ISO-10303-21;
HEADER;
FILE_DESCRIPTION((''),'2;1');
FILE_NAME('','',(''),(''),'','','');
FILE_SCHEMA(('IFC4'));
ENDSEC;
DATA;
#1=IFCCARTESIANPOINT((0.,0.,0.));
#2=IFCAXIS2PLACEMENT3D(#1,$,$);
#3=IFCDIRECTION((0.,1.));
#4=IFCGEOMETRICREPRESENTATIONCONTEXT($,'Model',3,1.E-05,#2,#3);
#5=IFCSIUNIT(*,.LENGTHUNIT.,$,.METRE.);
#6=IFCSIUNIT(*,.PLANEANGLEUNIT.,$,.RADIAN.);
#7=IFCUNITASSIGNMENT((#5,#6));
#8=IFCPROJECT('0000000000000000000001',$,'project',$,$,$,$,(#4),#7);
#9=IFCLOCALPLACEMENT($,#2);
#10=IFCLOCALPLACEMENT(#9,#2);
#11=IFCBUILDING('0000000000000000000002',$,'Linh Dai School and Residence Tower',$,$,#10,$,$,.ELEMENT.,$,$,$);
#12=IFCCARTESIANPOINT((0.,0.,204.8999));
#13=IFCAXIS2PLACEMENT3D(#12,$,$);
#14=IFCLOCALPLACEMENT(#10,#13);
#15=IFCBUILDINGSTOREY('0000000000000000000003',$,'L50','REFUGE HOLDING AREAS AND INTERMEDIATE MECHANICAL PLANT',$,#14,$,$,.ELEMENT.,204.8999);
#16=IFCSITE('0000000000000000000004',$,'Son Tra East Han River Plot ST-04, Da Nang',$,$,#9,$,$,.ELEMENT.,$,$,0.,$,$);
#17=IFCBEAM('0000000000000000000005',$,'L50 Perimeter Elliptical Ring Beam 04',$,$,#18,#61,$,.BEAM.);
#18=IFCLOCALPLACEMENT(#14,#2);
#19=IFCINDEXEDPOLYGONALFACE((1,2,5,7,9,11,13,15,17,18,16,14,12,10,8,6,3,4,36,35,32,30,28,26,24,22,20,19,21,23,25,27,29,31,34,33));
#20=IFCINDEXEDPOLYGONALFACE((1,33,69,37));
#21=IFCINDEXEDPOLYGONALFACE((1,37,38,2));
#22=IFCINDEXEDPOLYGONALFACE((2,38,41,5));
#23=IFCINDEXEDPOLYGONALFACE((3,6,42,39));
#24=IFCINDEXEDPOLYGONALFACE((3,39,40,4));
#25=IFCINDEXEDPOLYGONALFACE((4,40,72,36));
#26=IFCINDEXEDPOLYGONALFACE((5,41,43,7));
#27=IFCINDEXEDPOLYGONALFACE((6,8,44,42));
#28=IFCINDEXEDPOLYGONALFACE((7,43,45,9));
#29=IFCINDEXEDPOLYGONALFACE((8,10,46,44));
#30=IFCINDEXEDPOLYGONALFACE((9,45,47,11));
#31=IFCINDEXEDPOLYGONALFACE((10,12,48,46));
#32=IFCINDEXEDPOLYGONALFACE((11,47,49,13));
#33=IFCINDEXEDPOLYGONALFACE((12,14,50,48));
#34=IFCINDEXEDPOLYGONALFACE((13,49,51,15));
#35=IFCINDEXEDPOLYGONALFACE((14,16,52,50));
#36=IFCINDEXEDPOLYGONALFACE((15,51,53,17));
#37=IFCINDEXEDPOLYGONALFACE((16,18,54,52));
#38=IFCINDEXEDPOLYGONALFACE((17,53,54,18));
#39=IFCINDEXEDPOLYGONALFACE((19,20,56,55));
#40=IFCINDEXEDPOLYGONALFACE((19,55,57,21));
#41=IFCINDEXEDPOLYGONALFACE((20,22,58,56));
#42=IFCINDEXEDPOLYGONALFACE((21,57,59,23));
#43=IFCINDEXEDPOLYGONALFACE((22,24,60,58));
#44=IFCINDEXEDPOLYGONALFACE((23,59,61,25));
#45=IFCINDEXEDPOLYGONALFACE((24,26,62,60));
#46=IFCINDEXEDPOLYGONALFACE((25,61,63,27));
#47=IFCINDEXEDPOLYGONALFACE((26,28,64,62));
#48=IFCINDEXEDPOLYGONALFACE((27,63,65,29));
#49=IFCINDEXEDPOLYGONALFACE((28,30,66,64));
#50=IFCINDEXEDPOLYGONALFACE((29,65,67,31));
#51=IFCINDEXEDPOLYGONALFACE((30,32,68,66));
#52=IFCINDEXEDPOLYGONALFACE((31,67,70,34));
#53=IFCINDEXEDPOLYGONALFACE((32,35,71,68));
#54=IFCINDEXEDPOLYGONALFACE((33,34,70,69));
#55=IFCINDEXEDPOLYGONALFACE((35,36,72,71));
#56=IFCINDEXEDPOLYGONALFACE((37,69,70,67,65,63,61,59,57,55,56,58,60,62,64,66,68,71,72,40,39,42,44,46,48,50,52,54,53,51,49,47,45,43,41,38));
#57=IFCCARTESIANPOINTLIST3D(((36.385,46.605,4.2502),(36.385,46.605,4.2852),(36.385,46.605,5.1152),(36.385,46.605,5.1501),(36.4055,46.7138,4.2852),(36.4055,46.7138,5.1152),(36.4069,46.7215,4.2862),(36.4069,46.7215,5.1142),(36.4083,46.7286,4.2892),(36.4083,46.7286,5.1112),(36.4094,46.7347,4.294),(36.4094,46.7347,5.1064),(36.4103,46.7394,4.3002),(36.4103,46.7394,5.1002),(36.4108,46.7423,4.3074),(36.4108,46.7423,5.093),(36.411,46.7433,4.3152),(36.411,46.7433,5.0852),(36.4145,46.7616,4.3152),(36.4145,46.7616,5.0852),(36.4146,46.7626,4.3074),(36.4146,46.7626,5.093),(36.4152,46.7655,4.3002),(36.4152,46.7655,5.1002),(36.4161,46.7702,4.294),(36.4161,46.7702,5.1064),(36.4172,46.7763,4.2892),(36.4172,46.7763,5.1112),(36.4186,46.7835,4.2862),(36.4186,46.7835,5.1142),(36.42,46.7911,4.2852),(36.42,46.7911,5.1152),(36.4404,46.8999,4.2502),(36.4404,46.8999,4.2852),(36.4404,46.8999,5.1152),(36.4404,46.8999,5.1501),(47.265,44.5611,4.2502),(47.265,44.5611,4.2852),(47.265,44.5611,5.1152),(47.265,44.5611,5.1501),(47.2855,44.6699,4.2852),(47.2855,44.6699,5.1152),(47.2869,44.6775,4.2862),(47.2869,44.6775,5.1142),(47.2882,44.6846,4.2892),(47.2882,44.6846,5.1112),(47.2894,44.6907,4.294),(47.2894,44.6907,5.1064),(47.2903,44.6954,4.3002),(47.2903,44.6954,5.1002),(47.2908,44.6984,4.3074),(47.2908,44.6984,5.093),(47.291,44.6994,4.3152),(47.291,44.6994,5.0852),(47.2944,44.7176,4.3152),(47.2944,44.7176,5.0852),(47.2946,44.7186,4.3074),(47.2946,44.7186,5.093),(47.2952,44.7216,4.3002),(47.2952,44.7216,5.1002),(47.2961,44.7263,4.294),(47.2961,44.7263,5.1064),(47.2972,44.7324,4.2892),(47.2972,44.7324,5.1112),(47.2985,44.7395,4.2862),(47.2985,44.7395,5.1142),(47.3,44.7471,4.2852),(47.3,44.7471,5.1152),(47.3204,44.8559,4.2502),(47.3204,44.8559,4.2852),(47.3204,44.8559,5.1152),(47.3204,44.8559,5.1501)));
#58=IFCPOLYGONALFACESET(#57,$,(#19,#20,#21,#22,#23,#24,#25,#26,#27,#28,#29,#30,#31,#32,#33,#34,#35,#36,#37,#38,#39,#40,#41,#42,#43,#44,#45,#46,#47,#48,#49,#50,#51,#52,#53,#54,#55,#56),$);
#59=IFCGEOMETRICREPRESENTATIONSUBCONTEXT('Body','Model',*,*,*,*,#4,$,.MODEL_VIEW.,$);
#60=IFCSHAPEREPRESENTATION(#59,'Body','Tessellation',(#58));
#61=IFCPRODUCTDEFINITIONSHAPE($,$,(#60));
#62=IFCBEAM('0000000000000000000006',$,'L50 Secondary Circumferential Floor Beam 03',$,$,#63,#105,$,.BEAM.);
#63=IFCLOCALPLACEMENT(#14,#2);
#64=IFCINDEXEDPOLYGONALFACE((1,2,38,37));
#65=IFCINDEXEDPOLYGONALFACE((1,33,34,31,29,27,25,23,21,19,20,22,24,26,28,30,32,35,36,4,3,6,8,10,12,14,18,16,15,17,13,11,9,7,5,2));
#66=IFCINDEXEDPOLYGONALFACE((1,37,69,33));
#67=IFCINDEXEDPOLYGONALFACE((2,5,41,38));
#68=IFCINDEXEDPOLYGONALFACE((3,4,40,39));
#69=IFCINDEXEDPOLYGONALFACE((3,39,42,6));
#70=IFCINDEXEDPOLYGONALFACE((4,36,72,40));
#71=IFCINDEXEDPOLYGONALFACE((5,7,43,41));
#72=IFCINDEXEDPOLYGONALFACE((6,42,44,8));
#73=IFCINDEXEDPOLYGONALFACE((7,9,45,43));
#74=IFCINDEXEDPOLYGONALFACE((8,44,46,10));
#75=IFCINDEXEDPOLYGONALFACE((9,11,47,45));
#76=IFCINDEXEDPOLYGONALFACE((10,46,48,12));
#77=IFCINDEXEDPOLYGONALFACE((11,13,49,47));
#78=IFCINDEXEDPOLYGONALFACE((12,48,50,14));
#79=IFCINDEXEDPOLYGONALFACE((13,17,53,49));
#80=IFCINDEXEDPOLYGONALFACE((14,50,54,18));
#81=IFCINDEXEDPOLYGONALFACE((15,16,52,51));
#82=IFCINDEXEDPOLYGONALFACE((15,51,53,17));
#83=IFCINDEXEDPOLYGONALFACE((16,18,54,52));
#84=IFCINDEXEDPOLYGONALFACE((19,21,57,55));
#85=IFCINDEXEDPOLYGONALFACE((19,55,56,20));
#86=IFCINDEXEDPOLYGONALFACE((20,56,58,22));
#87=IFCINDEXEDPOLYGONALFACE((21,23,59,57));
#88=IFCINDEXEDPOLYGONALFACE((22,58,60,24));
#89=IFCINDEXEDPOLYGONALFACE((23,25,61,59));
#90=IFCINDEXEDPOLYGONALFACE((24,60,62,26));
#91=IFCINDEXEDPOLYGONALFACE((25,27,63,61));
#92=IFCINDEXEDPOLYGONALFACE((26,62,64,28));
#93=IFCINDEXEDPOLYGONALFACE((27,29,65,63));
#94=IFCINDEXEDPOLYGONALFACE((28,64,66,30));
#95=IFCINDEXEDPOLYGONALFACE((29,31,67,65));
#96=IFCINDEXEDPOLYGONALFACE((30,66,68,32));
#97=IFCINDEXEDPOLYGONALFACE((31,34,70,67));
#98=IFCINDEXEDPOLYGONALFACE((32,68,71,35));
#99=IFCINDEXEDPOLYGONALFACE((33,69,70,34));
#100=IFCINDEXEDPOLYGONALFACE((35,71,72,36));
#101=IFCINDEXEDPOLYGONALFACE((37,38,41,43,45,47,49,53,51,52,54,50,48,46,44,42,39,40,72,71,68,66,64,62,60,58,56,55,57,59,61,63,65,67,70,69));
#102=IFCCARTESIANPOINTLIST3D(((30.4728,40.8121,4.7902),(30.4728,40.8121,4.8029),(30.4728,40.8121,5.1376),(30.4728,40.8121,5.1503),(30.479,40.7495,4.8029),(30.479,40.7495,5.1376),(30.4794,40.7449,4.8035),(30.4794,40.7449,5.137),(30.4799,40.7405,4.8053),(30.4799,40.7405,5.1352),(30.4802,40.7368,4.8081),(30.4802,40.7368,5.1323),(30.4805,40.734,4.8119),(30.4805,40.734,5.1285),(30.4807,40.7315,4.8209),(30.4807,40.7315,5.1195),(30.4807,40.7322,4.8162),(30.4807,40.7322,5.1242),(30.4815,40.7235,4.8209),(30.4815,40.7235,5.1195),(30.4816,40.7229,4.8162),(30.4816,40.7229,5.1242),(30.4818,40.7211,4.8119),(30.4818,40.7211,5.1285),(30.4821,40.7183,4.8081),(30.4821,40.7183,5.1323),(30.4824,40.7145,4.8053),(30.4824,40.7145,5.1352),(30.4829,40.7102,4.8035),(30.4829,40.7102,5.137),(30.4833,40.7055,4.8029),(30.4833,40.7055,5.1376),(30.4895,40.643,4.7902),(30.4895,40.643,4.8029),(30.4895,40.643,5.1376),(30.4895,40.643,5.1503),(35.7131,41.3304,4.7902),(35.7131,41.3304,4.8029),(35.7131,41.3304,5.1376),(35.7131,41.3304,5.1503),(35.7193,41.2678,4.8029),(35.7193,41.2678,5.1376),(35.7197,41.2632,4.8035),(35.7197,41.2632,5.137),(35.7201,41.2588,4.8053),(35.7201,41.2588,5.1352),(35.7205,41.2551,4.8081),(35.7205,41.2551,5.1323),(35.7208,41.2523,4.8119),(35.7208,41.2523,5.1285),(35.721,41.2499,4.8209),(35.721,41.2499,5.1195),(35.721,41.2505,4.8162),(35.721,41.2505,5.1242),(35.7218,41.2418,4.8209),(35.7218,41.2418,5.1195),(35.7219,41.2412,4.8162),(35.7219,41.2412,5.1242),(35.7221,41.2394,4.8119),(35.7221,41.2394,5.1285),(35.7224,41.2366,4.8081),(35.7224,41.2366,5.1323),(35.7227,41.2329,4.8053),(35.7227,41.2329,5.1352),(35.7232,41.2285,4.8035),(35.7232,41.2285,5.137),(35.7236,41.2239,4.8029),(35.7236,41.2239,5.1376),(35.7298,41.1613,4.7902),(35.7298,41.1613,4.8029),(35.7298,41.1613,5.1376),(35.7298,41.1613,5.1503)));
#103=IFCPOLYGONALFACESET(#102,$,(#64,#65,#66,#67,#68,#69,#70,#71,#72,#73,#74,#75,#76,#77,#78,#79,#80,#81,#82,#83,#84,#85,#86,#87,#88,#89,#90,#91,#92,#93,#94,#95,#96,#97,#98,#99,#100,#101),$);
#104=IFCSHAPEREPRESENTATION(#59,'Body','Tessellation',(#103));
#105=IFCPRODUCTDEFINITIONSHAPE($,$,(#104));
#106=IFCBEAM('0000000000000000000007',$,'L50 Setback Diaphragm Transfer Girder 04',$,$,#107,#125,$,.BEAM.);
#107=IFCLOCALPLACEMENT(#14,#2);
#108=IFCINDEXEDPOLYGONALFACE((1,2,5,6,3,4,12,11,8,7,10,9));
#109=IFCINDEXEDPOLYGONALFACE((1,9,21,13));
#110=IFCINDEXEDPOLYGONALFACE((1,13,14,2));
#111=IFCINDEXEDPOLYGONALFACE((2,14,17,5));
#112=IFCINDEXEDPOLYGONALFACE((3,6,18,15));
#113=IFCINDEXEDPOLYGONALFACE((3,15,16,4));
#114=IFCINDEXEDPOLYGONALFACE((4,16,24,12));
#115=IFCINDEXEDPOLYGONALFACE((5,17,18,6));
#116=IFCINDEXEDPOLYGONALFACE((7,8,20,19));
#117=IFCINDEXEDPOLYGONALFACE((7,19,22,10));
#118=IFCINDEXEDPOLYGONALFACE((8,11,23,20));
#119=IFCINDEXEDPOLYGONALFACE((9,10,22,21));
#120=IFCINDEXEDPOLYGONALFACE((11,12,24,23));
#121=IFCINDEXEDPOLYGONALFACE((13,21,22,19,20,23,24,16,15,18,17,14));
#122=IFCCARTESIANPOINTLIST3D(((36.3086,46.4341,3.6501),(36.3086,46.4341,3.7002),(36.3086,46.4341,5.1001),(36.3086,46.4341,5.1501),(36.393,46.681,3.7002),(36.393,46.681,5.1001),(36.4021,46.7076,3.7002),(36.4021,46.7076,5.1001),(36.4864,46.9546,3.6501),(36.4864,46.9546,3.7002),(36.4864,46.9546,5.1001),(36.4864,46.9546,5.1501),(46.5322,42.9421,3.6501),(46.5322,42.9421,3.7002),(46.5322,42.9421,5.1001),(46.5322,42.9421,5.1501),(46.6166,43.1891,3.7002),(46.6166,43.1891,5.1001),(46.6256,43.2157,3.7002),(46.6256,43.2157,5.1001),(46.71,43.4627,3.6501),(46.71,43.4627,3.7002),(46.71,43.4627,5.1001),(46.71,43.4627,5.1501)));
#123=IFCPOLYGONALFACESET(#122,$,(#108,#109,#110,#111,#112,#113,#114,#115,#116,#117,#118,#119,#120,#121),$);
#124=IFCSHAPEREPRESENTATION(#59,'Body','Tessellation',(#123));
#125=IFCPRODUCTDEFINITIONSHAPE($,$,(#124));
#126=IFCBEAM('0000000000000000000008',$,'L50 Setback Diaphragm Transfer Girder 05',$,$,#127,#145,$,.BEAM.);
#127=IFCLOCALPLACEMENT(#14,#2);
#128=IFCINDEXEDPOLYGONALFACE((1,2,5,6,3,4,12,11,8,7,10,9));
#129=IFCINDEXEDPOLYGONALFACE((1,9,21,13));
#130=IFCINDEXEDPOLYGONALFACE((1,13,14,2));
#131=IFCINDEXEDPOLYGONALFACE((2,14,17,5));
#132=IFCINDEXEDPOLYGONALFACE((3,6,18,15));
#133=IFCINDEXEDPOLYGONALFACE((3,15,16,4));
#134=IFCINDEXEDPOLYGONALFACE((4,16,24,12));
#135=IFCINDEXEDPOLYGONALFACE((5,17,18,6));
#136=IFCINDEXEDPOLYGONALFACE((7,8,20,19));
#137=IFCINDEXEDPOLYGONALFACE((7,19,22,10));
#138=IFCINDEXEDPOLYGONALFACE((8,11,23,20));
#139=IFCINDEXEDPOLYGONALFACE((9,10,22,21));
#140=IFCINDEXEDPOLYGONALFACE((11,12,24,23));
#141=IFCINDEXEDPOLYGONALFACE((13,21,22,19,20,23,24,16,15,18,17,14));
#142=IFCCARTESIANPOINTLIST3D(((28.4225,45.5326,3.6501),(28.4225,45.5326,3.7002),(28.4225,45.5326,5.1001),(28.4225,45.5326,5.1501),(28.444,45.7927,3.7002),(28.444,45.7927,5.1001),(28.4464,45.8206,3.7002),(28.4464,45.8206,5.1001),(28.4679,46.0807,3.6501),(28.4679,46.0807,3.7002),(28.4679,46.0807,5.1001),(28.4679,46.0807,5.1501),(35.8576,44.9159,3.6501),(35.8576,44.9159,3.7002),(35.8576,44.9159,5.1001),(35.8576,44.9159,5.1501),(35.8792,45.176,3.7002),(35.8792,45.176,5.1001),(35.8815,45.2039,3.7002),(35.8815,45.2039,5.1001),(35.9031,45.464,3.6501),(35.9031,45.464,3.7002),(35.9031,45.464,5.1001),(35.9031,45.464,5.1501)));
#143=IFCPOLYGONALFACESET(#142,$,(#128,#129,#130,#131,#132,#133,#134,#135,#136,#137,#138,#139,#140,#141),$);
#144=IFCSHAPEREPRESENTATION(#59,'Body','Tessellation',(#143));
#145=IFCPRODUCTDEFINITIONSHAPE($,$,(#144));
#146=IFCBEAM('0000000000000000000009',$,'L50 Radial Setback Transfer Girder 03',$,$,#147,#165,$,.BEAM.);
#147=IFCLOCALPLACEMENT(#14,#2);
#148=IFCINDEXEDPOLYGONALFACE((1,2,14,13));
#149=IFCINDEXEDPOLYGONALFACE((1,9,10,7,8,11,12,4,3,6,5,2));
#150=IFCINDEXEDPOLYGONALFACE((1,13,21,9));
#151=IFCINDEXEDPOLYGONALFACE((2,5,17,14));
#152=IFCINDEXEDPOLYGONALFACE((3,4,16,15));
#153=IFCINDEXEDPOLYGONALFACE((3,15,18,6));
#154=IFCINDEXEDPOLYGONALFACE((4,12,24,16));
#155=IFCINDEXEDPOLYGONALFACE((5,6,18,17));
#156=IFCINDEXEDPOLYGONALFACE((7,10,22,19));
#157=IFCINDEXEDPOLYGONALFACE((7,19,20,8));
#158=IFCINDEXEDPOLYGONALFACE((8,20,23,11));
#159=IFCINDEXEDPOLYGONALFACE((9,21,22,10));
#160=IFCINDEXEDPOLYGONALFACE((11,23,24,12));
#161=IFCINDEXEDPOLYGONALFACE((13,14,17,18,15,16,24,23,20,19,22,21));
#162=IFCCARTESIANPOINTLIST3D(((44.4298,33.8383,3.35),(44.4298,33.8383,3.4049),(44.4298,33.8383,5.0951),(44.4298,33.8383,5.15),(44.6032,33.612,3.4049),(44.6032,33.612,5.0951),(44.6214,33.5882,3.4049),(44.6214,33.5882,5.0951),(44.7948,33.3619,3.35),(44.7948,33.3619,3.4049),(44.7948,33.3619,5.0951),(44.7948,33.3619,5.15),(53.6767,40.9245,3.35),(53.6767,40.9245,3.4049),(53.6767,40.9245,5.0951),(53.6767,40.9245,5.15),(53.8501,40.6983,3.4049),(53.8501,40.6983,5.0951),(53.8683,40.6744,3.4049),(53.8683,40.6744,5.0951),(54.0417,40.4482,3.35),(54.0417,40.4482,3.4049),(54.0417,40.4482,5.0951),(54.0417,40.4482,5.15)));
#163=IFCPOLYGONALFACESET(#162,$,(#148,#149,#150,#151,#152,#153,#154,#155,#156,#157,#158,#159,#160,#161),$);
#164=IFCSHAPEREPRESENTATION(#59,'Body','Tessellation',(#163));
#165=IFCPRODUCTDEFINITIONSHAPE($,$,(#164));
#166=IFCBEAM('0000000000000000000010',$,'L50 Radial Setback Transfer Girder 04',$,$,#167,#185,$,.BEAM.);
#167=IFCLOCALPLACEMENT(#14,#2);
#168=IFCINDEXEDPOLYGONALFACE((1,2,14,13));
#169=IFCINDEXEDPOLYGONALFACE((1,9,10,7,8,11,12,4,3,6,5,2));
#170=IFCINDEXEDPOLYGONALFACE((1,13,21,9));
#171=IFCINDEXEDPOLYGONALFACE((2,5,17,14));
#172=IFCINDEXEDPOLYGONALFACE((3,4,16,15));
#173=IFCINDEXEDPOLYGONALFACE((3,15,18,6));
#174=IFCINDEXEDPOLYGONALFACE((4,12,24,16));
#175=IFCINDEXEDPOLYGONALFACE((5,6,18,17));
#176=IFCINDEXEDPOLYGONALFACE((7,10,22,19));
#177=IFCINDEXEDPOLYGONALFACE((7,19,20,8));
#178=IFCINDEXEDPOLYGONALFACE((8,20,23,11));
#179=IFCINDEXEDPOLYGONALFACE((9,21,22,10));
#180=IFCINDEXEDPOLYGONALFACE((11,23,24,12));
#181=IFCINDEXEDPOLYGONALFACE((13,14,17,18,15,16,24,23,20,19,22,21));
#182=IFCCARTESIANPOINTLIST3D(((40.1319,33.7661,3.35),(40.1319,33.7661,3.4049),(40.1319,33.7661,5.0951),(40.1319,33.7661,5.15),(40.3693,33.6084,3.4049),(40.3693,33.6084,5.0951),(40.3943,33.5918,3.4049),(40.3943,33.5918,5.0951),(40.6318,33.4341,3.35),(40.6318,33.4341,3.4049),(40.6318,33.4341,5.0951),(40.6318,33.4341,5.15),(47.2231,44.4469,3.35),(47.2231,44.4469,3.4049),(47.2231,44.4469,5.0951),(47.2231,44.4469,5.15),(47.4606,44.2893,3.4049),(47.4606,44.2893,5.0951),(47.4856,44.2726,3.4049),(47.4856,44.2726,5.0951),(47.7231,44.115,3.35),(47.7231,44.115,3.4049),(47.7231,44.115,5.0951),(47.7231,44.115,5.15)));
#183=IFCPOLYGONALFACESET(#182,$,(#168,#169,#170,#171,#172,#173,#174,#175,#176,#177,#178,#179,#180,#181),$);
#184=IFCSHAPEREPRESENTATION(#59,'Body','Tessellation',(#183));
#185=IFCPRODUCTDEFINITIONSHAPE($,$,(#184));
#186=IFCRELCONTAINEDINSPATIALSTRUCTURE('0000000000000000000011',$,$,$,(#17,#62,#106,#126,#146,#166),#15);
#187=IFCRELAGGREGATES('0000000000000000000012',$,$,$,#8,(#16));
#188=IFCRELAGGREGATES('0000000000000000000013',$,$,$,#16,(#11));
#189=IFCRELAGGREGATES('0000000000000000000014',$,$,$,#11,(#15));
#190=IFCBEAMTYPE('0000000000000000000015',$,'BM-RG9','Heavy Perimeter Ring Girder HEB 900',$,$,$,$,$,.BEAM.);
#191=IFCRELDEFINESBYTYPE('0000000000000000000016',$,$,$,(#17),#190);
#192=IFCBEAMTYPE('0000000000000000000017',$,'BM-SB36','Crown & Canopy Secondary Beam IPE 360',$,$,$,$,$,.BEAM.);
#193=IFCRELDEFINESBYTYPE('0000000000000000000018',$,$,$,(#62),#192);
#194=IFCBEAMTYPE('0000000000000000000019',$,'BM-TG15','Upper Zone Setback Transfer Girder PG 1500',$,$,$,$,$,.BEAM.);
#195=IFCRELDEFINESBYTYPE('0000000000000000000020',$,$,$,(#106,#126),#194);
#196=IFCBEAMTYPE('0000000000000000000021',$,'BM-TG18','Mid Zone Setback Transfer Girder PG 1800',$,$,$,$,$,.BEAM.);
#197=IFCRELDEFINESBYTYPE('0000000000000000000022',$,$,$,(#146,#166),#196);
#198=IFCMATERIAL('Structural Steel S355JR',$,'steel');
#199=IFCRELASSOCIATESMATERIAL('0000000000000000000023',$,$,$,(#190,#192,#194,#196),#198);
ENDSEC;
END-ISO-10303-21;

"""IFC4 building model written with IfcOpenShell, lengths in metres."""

from ifc_helpers import new_model, si_unit, direction, frame, origin, origin_2d, place, context, subcontext, project, spatial, i_section, extrude, material, material_profile, profile_set, type_object, element, save


model = new_model("IFC4")

# Units and contexts
model_context = context("Model", 3, precision=1e-05, world=origin(), true_north=direction((0.0, 1.0)))
body_context = subcontext(model_context, "Body", "Model", "MODEL_VIEW")
ifc_project = project(units=[si_unit("LENGTHUNIT", "METRE"), si_unit("PLANEANGLEUNIT", "RADIAN")], contexts=[model_context])

# Site, building, storey
site_placement = place(None, origin())
site = spatial("IfcSite", under=ifc_project, at=site_placement, Name="Son Tra East Han River Plot ST-04, Da Nang", CompositionType="ELEMENT", RefElevation=0.0)
building_placement = place(site_placement, origin())
building = spatial("IfcBuilding", under=site, at=building_placement, Name="Linh Dai School and Residence Tower", CompositionType="ELEMENT")
storey_placement = place(building_placement, frame((0.0, 0.0, 204.8999)))
storey = spatial("IfcBuildingStorey", under=building, at=storey_placement, Name="L50", Description="REFUGE HOLDING AREAS AND INTERMEDIATE MECHANICAL PLANT", CompositionType="ELEMENT", Elevation=204.8999)

# Shared definitions
ifc_material_1 = material(Name="Structural Steel S355JR", Category="steel")

# Beams
ifc_material_profile_1 = material_profile(ifc_material_1, i_section(OverallWidth=0.3, OverallDepth=0.8999, WebThickness=0.0186, FlangeThickness=0.0349, FilletRadius=0.03, at=origin_2d()), Name="HEB 900")
ifc_profile_set_1 = profile_set([ifc_material_profile_1], Name="Structural Steel S355JR")
beam_type_1 = type_object("IfcBeamType", Name="BM-RG9", Description="Heavy Perimeter Ring Girder HEB 900", PredefinedType="BEAM", material=ifc_profile_set_1)
beam_1_placement = place(storey_placement, frame((47.2927, 44.7085, 4.7002), z_axis=(-0.982807, 0.184635, 0.0), x_axis=(-0.184635, -0.982807, 0.0)))
element("IfcBeam", 1, at=beam_1_placement, inside=storey, type_object=beam_type_1, Name="L50 Perimeter Elliptical Ring Beam 04", PredefinedType="BEAM", context=body_context, shape_type="SweptSolid", body=[
    extrude(i_section(OverallWidth=0.3, OverallDepth=0.8999, WebThickness=0.0186, FlangeThickness=0.0349, FilletRadius=0.03, at=origin_2d()), origin(), (0.0, 0.0, 1.0), 11.0703),
])
ifc_material_profile_2 = material_profile(ifc_material_1, i_section(OverallWidth=0.1699, OverallDepth=0.3601, WebThickness=0.0081, FlangeThickness=0.0127, FilletRadius=0.0181, at=origin_2d()), Name="IPE 360")
ifc_profile_set_2 = profile_set([ifc_material_profile_2], Name="Structural Steel S355JR")
beam_type_2 = type_object("IfcBeamType", Name="BM-SB36", Description="Crown & Canopy Secondary Beam IPE 360", PredefinedType="BEAM", material=ifc_profile_set_2)
beam_2_placement = place(storey_placement, frame((35.7214, 41.2458, 4.9702), z_axis=(-0.995144, -0.098429, 0.0), x_axis=(0.098429, -0.995144, 0.0)))
element("IfcBeam", 2, at=beam_2_placement, inside=storey, type_object=beam_type_2, Name="L50 Secondary Circumferential Floor Beam 03", PredefinedType="BEAM", context=body_context, shape_type="SweptSolid", body=[
    extrude(i_section(OverallWidth=0.1699, OverallDepth=0.3601, WebThickness=0.0081, FlangeThickness=0.0127, FilletRadius=0.0181, at=origin_2d()), origin(), (0.0, 0.0, 1.0), 5.2659),
])
ifc_material_profile_3 = material_profile(ifc_material_1, i_section(OverallWidth=0.55, OverallDepth=1.5, WebThickness=0.0281, FlangeThickness=0.05, at=origin_2d()), Name="PG 1500x550x28x50")
ifc_profile_set_3 = profile_set([ifc_material_profile_3], Name="Structural Steel S355JR")
beam_type_3 = type_object("IfcBeamType", Name="BM-TG15", Description="Upper Zone Setback Transfer Girder PG 1500", PredefinedType="BEAM", material=ifc_profile_set_3)
beam_3_placement = place(storey_placement, frame((46.6211, 43.2024, 4.4001), z_axis=(-0.946323, 0.323222, 0.0), x_axis=(-0.323222, -0.946323, 0.0)))
element("IfcBeam", 3, at=beam_3_placement, inside=storey, type_object=beam_type_3, Name="L50 Setback Diaphragm Transfer Girder 04", PredefinedType="BEAM", context=body_context, shape_type="SweptSolid", body=[
    extrude(i_section(OverallWidth=0.55, OverallDepth=1.5, WebThickness=0.0281, FlangeThickness=0.05, at=origin_2d()), origin(), (0.0, 0.0, 1.0), 10.8035),
])
beam_4_placement = place(storey_placement, frame((35.8804, 45.1899, 4.4001), z_axis=(-0.996578, 0.082661, 0.0), x_axis=(-0.082661, -0.996578, 0.0)))
element("IfcBeam", 4, at=beam_4_placement, inside=storey, type_object=beam_type_3, Name="L50 Setback Diaphragm Transfer Girder 05", PredefinedType="BEAM", context=body_context, shape_type="SweptSolid", body=[
    extrude(i_section(OverallWidth=0.55, OverallDepth=1.5, WebThickness=0.0281, FlangeThickness=0.05, at=origin_2d()), origin(), (0.0, 0.0, 1.0), 7.4607),
])
ifc_material_profile_4 = material_profile(ifc_material_1, i_section(OverallWidth=0.6001, OverallDepth=1.8, WebThickness=0.03, FlangeThickness=0.0549, at=origin_2d()), Name="PG 1800x600x30x55")
ifc_profile_set_4 = profile_set([ifc_material_profile_4], Name="Structural Steel S355JR")
beam_type_4 = type_object("IfcBeamType", Name="BM-TG18", Description="Mid Zone Setback Transfer Girder PG 1800", PredefinedType="BEAM", material=ifc_profile_set_4)
beam_5_placement = place(storey_placement, frame((44.6123, 33.6001, 4.25), z_axis=(0.793733, 0.608267, 0.0), x_axis=(-0.608267, 0.793733, 0.0)))
element("IfcBeam", 5, at=beam_5_placement, inside=storey, type_object=beam_type_4, Name="L50 Radial Setback Transfer Girder 03", PredefinedType="BEAM", context=body_context, shape_type="SweptSolid", body=[
    extrude(i_section(OverallWidth=0.6001, OverallDepth=1.8, WebThickness=0.03, FlangeThickness=0.0549, at=origin_2d()), origin(), (0.0, 0.0, 1.0), 11.6499),
])
beam_6_placement = place(storey_placement, frame((40.3818, 33.6001, 4.25), z_axis=(0.553117, 0.833103, 0.0), x_axis=(-0.833103, 0.553117, 0.0)))
element("IfcBeam", 6, at=beam_6_placement, inside=storey, type_object=beam_type_4, Name="L50 Radial Setback Transfer Girder 04", PredefinedType="BEAM", context=body_context, shape_type="SweptSolid", body=[
    extrude(i_section(OverallWidth=0.6001, OverallDepth=1.8, WebThickness=0.03, FlangeThickness=0.0549, at=origin_2d()), origin(), (0.0, 0.0, 1.0), 12.8206),
])

save(model, "model.ifc")
